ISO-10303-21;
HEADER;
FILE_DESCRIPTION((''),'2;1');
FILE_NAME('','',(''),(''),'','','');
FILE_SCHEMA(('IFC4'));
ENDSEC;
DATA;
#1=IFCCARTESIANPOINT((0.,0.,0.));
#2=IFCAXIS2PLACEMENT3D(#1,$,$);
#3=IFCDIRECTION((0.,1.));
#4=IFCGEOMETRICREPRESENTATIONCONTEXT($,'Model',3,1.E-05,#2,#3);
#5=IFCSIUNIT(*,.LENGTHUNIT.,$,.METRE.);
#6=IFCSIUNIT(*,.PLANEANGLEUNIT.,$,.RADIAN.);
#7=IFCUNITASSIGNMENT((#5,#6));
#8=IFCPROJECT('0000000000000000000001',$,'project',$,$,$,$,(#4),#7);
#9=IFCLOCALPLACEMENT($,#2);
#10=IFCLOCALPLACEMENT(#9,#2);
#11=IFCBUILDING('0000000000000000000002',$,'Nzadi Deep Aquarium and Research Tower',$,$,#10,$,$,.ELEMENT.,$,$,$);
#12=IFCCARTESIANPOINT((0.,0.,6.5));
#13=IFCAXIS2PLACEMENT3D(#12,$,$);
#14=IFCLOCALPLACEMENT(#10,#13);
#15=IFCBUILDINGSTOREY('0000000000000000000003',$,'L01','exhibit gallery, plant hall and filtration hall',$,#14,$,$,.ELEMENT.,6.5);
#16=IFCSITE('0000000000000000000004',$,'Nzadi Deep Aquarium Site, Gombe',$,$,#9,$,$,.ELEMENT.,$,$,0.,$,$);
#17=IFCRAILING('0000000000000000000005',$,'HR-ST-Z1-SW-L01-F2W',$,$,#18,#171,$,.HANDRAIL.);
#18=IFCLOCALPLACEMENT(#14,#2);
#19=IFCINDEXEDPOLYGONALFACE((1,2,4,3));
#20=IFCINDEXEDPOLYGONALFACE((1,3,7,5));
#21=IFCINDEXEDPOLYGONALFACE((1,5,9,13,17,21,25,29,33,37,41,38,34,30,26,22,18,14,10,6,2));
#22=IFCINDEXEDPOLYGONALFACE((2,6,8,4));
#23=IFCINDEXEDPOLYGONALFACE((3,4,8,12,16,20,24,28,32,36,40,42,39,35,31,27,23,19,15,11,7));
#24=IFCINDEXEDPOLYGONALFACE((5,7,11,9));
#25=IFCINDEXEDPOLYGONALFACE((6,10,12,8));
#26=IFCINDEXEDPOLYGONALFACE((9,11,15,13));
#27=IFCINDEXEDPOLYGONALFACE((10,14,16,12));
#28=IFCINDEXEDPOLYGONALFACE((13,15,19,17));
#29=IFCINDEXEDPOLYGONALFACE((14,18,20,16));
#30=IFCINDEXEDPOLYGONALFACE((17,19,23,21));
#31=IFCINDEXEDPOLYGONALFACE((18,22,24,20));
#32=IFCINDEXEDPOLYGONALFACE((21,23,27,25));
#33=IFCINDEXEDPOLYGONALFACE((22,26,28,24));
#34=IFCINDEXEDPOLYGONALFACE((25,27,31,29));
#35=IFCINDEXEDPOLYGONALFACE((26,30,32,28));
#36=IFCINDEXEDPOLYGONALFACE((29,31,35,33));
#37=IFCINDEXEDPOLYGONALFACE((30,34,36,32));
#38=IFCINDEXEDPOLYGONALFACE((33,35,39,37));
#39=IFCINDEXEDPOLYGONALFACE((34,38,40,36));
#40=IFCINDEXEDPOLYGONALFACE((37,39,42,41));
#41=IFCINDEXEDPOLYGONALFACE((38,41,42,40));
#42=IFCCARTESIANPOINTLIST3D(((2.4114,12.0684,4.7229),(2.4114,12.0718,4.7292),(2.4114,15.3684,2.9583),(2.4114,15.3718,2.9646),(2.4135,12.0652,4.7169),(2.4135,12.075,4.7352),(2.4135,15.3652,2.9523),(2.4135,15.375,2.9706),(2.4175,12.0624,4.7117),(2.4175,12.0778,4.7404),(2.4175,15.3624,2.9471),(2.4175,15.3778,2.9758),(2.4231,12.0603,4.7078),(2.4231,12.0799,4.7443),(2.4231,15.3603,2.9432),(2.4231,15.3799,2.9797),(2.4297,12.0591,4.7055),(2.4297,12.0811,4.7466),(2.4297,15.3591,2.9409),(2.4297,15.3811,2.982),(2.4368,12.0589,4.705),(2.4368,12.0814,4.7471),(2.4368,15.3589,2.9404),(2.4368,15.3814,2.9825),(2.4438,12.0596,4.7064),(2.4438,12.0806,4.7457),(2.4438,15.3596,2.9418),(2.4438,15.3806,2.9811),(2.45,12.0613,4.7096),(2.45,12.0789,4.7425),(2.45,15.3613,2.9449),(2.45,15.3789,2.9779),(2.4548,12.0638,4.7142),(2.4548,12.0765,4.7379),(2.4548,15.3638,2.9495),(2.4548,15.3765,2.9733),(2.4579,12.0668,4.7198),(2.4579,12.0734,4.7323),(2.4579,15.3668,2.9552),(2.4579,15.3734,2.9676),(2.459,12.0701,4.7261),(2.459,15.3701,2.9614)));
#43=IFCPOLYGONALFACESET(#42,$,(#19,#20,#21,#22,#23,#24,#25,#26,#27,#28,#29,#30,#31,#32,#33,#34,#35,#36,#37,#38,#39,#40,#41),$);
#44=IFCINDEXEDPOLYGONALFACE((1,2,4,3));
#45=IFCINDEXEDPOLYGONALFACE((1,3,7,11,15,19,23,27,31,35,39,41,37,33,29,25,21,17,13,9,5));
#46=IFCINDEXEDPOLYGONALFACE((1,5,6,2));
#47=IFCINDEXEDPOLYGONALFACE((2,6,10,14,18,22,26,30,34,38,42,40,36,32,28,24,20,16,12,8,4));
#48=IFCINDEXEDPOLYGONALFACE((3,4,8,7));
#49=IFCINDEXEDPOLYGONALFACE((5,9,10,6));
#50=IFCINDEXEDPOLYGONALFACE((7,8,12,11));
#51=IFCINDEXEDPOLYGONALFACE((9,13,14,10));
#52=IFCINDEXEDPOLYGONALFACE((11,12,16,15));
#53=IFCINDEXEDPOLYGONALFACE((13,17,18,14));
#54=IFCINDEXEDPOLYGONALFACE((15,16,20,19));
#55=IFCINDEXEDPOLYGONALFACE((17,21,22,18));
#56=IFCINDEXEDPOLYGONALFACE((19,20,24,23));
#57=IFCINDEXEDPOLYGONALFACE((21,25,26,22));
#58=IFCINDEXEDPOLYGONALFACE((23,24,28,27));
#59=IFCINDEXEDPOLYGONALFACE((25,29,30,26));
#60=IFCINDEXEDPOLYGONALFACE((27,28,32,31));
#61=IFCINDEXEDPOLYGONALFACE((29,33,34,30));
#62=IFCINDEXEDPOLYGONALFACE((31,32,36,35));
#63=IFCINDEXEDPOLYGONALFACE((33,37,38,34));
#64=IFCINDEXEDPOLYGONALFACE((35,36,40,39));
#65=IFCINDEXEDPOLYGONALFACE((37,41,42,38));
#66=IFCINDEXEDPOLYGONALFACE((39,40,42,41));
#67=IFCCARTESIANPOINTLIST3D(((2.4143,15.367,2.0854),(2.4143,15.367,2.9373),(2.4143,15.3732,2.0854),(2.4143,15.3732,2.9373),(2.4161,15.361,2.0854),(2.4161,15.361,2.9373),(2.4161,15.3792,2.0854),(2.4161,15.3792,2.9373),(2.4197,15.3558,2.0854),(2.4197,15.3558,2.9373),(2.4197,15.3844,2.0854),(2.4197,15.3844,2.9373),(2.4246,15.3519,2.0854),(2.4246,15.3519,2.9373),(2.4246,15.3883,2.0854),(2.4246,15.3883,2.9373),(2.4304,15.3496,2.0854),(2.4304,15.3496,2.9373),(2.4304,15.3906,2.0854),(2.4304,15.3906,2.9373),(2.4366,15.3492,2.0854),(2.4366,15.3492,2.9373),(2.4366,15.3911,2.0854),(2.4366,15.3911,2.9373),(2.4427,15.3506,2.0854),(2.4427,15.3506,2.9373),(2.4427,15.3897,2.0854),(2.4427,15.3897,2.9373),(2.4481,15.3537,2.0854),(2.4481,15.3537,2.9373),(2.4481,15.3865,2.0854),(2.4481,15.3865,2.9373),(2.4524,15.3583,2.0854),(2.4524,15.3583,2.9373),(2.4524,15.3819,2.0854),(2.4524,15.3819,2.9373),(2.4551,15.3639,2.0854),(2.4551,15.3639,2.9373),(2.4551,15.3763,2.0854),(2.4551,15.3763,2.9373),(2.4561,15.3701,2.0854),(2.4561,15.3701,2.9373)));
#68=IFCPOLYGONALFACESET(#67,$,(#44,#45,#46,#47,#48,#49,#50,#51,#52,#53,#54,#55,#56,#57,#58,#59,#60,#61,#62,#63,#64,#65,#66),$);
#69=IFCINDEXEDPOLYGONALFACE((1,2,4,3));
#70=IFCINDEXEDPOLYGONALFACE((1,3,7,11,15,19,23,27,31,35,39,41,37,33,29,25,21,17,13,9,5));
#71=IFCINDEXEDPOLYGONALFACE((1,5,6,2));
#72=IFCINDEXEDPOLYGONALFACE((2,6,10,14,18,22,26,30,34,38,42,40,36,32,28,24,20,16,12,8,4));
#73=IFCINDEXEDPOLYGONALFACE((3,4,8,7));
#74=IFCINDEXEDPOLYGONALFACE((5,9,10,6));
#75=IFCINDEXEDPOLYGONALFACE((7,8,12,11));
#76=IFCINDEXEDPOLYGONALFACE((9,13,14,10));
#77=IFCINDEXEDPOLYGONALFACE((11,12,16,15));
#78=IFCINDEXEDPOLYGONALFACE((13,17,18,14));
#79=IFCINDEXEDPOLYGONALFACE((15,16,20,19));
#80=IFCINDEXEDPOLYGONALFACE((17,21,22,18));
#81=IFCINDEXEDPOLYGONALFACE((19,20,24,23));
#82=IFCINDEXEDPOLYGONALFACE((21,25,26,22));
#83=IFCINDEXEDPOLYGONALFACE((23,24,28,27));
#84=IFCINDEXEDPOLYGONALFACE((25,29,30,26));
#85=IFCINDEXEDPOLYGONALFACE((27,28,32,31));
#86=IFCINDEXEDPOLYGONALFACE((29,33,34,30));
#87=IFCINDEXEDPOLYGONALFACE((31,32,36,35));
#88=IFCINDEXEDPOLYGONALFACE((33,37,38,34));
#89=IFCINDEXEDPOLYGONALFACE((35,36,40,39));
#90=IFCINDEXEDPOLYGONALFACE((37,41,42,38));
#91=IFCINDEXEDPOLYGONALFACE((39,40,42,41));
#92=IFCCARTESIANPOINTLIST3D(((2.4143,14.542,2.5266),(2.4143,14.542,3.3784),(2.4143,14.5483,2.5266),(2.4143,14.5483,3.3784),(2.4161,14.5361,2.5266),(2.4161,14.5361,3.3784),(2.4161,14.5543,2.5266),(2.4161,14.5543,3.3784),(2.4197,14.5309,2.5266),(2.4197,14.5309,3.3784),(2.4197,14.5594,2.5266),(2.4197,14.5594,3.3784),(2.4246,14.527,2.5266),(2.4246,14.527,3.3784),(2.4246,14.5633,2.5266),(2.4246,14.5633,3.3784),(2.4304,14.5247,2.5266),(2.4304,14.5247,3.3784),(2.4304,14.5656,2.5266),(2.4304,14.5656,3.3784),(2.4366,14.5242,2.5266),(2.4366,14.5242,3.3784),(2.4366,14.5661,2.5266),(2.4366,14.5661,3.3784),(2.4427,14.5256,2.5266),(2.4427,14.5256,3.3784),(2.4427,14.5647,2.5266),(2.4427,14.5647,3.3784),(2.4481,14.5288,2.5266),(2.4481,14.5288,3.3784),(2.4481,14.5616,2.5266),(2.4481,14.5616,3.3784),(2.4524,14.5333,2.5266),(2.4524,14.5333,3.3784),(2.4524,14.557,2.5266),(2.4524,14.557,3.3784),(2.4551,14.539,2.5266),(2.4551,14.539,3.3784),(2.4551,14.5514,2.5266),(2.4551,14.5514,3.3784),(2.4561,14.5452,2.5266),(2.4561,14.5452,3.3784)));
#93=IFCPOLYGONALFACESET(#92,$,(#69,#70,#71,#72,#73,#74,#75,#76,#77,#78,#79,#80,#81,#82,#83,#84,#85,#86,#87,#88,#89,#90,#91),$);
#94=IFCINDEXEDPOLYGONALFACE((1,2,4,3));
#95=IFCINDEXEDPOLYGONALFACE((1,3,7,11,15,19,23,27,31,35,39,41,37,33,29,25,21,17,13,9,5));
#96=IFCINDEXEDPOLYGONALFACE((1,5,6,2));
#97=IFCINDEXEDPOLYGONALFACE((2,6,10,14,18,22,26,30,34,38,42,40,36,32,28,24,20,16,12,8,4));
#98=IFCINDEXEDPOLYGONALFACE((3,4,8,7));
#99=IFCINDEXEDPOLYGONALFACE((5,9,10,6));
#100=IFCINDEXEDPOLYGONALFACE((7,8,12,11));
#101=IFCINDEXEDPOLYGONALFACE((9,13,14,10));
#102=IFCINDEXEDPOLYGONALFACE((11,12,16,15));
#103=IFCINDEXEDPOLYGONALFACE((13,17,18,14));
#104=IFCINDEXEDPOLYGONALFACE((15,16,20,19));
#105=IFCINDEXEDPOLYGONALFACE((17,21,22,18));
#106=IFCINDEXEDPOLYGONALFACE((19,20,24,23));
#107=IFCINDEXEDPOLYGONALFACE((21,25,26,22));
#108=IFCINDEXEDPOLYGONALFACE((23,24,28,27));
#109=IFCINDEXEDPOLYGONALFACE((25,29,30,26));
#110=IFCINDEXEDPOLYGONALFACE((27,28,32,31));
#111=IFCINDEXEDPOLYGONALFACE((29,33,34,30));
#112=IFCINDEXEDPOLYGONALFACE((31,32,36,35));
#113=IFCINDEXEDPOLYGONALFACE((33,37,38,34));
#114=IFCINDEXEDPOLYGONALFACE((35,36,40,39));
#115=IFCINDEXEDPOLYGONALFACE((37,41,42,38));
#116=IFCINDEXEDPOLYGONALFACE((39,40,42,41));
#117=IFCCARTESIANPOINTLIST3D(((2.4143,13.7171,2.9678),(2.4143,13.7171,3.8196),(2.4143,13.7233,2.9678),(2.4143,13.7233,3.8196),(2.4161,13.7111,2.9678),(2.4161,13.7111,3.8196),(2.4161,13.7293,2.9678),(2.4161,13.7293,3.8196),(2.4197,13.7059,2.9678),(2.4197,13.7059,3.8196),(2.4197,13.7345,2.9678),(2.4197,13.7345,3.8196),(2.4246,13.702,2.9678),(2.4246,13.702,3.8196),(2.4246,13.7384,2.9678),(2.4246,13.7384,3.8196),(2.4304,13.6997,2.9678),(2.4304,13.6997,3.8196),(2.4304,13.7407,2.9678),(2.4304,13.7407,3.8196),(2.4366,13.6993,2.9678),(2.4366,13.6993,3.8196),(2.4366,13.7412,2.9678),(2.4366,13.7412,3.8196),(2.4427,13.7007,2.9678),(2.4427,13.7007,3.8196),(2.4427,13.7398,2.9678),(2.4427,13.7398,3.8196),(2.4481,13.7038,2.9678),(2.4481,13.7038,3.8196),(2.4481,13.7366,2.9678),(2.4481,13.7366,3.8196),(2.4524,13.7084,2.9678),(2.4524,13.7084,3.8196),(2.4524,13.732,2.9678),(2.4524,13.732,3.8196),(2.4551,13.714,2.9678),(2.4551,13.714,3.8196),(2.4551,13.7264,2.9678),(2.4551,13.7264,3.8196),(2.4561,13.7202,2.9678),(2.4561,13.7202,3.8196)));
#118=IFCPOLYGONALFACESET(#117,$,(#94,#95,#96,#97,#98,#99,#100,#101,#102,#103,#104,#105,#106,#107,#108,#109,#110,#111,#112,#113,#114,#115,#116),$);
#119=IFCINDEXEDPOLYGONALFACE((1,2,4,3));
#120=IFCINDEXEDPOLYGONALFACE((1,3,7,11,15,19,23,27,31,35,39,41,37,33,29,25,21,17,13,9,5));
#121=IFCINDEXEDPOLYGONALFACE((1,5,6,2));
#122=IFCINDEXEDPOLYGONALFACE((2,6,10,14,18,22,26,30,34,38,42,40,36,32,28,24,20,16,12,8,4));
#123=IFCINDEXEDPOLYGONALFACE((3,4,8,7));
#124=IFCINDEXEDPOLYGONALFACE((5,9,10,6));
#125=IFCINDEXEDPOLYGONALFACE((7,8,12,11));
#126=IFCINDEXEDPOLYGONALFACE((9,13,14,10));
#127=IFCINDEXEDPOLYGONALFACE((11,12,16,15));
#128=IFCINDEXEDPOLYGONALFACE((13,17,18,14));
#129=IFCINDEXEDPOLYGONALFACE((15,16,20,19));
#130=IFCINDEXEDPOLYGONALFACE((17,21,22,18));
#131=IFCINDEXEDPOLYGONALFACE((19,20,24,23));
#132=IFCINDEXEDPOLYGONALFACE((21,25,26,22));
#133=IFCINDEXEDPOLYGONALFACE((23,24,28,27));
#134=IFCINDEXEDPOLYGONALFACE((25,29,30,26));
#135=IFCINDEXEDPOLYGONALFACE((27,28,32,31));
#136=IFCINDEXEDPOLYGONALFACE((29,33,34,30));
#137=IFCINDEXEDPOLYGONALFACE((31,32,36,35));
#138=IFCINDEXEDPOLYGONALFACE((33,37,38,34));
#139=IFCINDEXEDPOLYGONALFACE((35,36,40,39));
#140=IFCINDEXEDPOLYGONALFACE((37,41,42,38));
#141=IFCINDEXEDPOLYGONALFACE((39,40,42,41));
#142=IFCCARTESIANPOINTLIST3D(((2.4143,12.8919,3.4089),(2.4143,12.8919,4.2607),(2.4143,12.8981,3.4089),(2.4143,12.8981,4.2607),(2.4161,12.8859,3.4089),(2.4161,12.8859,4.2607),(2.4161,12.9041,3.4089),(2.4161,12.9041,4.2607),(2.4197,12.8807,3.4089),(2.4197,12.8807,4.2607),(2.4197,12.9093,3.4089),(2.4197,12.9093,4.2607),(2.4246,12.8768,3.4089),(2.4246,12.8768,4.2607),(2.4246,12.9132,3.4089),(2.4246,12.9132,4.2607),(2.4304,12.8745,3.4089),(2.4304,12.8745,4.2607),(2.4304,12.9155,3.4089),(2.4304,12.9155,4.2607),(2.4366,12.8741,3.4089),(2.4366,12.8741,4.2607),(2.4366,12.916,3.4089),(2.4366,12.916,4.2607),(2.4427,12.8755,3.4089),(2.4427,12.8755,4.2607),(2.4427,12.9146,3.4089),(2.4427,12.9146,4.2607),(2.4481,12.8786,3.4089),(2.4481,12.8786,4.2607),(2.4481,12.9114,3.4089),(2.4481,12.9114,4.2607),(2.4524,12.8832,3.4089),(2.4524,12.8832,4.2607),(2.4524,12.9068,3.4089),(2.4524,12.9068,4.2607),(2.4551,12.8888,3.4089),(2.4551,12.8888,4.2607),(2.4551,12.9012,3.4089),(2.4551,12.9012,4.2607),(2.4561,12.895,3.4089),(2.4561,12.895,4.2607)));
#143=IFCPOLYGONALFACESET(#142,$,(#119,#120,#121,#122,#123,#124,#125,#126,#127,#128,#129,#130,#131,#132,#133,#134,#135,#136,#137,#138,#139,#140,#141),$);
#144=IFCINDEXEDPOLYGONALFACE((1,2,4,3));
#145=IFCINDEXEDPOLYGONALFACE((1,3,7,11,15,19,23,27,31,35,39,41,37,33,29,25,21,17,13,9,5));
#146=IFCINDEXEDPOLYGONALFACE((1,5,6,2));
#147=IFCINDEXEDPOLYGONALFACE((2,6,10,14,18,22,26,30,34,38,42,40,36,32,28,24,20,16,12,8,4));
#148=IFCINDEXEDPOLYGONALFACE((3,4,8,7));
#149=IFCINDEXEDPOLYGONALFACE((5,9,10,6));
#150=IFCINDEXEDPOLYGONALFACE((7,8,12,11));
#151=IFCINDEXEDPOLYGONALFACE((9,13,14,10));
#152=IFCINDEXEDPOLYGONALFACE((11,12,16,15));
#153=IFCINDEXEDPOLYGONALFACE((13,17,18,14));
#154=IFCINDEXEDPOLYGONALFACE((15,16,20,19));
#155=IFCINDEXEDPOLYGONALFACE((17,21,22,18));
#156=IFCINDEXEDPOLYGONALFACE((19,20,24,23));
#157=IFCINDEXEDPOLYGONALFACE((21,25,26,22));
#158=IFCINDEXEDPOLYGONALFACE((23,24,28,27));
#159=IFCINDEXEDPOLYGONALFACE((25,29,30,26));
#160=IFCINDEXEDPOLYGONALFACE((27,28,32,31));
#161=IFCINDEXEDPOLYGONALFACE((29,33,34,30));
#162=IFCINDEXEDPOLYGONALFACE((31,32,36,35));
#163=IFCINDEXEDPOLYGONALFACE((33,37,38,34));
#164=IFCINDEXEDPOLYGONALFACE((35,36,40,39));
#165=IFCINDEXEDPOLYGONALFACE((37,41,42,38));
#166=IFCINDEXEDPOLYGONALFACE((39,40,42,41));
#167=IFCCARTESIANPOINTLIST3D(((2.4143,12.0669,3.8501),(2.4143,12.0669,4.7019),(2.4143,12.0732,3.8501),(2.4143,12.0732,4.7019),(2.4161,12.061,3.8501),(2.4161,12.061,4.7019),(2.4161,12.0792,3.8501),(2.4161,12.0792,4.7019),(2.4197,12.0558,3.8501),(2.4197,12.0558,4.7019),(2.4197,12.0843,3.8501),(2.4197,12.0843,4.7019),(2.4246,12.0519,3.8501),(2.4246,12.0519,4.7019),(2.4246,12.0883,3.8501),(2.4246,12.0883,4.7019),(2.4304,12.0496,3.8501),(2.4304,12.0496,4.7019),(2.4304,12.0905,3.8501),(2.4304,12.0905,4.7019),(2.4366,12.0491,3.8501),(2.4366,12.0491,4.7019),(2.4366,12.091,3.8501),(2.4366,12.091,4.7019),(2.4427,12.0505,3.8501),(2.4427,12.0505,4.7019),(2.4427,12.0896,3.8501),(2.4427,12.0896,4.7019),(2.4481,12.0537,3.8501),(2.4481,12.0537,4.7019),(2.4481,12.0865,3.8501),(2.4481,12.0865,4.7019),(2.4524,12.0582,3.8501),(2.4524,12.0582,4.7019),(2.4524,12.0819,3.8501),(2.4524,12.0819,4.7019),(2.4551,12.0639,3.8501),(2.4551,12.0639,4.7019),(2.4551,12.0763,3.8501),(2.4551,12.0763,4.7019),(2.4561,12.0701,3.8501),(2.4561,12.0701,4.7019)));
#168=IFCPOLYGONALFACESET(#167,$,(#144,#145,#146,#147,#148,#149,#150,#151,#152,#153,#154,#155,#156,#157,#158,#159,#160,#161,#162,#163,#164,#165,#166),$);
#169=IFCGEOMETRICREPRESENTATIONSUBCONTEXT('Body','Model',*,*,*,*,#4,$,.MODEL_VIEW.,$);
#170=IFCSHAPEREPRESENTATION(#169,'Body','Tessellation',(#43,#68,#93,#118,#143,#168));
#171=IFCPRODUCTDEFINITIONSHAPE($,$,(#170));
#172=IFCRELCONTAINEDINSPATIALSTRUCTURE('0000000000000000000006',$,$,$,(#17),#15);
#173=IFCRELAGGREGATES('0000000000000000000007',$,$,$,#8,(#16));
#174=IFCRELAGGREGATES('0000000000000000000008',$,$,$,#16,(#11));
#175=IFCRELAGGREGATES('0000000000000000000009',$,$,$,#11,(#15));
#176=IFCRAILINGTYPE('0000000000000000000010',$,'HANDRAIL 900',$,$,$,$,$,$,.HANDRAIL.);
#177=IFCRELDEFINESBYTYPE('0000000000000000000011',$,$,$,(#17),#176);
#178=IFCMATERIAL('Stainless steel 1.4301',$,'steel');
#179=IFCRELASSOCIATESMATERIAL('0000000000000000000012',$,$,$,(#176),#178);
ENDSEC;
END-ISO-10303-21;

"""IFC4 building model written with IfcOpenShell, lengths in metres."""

from ifc_helpers import new_model, si_unit, direction, frame, origin, origin_2d, place, context, subcontext, project, spatial, circle, extrude, material, type_object, element, save


model = new_model("IFC4")

# Units and contexts
model_context = context("Model", 3, precision=1e-05, world=origin(), true_north=direction((0.0, 1.0)))
body_context = subcontext(model_context, "Body", "Model", "MODEL_VIEW")
ifc_project = project(units=[si_unit("LENGTHUNIT", "METRE"), si_unit("PLANEANGLEUNIT", "RADIAN")], contexts=[model_context])

# Site, building, storey
site_placement = place(None, origin())
site = spatial("IfcSite", under=ifc_project, at=site_placement, Name="Nzadi Deep Aquarium Site, Gombe", CompositionType="ELEMENT", RefElevation=0.0)
building_placement = place(site_placement, origin())
building = spatial("IfcBuilding", under=site, at=building_placement, Name="Nzadi Deep Aquarium and Research Tower", CompositionType="ELEMENT")
storey_placement = place(building_placement, frame((0.0, 0.0, 6.5)))
storey = spatial("IfcBuildingStorey", under=building, at=storey_placement, Name="L01", Description="exhibit gallery, plant hall and filtration hall", CompositionType="ELEMENT", Elevation=6.5)

# Railing
ifc_material_1 = material(Name="Stainless steel 1.4301", Category="steel")
railing_type = type_object("IfcRailingType", Name="HANDRAIL 900", PredefinedType="HANDRAIL", material=ifc_material_1)
railing_1_placement = place(storey_placement, frame((2.4351, 15.3701, 2.0854)))
element("IfcRailing", 1, at=railing_1_placement, inside=storey, type_object=railing_type, Name="HR-ST-Z1-SW-L01-F2W", PredefinedType="HANDRAIL", context=body_context, shape_type="SweptSolid", body=[
    extrude(circle(Radius=0.0239, at=origin_2d()), frame((0.0, 0.0, 0.876), z_axis=(0.0, -0.88184, 0.47155), x_axis=(1.0, 0.0, 0.0)), (0.0, 0.0, 1.0), 3.7422),
    extrude(circle(Radius=0.021, at=origin_2d()), origin(), (0.0, 0.0, 1.0), 0.8518),
    extrude(circle(Radius=0.021, at=origin_2d()), frame((0.0, -0.825, 0.4412)), (0.0, 0.0, 1.0), 0.8518),
    extrude(circle(Radius=0.021, at=origin_2d()), frame((0.0, -1.6499, 0.8823)), (0.0, 0.0, 1.0), 0.8518),
    extrude(circle(Radius=0.021, at=origin_2d()), frame((0.0, -2.4751, 1.3235)), (0.0, 0.0, 1.0), 0.8518),
    extrude(circle(Radius=0.021, at=origin_2d()), frame((0.0, -3.3, 1.7646)), (0.0, 0.0, 1.0), 0.8518),
])

save(model, "model.ifc")
